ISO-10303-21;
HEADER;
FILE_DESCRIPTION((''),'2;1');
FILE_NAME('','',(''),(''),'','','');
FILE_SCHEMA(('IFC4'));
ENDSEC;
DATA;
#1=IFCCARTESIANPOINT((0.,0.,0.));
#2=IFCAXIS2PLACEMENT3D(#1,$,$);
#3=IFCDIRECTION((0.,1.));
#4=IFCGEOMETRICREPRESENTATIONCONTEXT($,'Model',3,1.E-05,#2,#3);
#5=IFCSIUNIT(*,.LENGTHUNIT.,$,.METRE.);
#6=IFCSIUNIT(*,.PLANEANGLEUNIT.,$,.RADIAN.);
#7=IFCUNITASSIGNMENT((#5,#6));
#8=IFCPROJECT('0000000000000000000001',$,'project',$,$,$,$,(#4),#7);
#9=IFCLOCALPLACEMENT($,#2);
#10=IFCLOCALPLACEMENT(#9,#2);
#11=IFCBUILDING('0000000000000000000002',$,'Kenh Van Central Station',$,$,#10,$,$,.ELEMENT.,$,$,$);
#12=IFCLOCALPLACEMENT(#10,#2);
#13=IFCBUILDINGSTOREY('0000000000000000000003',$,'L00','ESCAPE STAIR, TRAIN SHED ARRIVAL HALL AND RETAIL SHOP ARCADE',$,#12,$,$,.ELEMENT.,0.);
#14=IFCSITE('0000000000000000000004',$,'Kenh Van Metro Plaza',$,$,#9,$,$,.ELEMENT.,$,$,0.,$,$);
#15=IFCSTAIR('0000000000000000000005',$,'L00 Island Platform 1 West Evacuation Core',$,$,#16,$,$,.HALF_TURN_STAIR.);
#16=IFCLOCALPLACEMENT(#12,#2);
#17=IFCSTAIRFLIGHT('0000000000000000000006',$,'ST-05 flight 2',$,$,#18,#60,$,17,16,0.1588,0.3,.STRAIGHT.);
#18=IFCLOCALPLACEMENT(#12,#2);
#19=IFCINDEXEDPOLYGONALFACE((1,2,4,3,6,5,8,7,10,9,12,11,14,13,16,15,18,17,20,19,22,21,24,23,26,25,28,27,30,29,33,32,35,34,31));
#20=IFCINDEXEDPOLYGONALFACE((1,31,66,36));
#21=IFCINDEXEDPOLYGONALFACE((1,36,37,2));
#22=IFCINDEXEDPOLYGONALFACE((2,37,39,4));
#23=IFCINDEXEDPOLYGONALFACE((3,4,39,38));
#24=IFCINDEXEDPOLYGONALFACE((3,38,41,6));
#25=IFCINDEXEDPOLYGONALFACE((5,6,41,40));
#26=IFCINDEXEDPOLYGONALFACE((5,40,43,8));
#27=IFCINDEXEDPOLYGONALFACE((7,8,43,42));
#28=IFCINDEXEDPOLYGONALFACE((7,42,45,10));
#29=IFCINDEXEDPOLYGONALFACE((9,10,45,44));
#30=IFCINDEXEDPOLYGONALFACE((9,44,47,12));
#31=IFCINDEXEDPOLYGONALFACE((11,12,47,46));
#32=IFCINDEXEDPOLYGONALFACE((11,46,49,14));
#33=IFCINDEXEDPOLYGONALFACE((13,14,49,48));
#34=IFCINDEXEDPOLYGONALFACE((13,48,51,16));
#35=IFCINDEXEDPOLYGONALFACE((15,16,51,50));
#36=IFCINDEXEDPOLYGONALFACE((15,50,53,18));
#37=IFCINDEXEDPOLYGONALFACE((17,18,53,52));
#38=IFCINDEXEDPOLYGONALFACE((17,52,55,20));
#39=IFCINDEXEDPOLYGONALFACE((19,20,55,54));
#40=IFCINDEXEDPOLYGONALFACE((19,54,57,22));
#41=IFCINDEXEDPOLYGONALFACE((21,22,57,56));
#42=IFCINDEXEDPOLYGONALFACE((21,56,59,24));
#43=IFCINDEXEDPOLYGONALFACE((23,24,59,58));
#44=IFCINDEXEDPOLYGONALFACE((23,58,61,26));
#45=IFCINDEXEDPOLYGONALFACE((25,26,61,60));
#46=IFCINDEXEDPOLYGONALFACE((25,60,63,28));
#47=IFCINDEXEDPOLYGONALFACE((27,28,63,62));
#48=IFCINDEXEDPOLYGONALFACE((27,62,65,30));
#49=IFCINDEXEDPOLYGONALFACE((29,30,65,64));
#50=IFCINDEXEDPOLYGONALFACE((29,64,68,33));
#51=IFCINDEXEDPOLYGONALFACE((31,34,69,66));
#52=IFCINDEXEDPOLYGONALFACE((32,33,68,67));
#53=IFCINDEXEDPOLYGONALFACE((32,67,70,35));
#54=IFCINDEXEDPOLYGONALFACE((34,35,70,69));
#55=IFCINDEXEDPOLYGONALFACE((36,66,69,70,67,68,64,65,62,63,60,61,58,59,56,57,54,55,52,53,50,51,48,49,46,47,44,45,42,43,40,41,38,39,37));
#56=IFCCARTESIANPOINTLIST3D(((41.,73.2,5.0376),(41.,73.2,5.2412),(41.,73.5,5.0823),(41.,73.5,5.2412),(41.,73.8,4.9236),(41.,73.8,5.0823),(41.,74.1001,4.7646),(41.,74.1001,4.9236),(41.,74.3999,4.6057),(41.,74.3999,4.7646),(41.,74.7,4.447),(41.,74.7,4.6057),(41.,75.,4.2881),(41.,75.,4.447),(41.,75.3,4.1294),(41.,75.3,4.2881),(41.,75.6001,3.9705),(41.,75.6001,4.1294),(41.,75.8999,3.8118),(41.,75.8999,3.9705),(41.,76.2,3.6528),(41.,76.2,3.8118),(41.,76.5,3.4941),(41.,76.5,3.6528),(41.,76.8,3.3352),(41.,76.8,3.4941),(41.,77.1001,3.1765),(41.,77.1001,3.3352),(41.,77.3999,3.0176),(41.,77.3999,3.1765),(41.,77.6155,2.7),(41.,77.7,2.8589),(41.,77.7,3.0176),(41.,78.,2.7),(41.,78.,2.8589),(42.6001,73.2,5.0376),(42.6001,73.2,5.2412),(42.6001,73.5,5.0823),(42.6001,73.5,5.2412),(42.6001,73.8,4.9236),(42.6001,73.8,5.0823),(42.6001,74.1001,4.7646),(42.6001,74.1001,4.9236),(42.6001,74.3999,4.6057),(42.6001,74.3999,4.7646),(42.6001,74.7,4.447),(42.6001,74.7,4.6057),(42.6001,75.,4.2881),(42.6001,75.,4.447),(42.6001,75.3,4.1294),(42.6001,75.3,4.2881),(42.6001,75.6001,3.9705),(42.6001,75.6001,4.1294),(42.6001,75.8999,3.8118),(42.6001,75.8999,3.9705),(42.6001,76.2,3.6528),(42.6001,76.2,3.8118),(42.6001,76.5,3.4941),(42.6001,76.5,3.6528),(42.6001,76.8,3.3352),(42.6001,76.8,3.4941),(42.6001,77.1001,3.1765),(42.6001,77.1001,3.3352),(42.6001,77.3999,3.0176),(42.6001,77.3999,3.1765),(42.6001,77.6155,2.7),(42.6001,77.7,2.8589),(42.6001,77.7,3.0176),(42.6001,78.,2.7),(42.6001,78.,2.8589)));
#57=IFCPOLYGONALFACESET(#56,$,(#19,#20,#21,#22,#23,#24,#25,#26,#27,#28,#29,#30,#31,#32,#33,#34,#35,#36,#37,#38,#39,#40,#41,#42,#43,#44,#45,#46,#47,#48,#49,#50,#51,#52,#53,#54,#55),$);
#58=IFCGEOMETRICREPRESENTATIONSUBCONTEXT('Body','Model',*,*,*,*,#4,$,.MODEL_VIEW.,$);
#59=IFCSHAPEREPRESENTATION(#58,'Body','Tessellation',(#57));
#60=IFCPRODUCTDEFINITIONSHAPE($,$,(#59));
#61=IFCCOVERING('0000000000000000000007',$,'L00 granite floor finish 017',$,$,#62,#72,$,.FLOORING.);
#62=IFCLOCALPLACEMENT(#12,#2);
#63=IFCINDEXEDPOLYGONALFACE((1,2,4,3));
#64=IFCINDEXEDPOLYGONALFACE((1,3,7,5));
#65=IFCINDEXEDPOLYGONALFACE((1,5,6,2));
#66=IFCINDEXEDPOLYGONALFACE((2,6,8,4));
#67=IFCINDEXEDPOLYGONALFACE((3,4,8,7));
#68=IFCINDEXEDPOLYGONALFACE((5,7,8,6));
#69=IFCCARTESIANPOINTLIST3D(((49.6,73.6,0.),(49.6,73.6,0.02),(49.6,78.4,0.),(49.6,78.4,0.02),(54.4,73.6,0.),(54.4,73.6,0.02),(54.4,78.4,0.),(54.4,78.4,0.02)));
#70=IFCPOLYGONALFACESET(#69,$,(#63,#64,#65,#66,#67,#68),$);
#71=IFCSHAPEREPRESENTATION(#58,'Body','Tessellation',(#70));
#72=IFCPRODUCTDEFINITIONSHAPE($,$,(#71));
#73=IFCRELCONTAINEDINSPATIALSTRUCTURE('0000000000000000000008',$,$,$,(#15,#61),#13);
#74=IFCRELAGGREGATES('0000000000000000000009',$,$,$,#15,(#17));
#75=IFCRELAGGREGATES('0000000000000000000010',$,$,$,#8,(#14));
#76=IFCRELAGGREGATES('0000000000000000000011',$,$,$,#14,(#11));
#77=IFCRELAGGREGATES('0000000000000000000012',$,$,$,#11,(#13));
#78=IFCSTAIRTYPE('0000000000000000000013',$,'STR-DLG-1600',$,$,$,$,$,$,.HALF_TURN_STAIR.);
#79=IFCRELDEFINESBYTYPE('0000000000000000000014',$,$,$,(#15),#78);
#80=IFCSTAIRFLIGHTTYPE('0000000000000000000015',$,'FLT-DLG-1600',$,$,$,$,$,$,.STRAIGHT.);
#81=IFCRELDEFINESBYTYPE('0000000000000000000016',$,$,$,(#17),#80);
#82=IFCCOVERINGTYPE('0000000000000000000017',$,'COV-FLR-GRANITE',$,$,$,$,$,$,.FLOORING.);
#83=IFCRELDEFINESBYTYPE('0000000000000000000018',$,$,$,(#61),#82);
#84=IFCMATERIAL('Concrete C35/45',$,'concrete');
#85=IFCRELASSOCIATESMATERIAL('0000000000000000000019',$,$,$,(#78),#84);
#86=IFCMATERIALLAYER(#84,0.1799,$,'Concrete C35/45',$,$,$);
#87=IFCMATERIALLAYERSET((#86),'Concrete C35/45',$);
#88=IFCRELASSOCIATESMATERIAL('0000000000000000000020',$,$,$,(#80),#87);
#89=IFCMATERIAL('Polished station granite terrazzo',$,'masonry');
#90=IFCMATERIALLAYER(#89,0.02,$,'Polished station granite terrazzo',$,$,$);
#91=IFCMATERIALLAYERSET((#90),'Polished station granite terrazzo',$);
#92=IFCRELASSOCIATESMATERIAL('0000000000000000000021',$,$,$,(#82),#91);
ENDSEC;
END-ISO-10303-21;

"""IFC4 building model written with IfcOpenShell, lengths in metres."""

from ifc_helpers import new_model, si_unit, direction, frame, origin, origin_2d, place, context, subcontext, project, spatial, polyline, rectangle, outline, extrude, material, layer, layer_set, type_object, element, aggregate, save


model = new_model("IFC4")

# Units and contexts
model_context = context("Model", 3, precision=1e-05, world=origin(), true_north=direction((0.0, 1.0)))
body_context = subcontext(model_context, "Body", "Model", "MODEL_VIEW")
ifc_project = project(units=[si_unit("LENGTHUNIT", "METRE"), si_unit("PLANEANGLEUNIT", "RADIAN")], contexts=[model_context])

# Site, building, storey
site_placement = place(None, origin())
site = spatial("IfcSite", under=ifc_project, at=site_placement, Name="Kenh Van Metro Plaza", CompositionType="ELEMENT", RefElevation=0.0)
building_placement = place(site_placement, origin())
building = spatial("IfcBuilding", under=site, at=building_placement, Name="Kenh Van Central Station", CompositionType="ELEMENT")
storey_placement = place(building_placement, origin())
storey = spatial("IfcBuildingStorey", under=building, at=storey_placement, Name="L00", Description="ESCAPE STAIR, TRAIN SHED ARRIVAL HALL AND RETAIL SHOP ARCADE", CompositionType="ELEMENT", Elevation=0.0)

# Stair, stair flight
ifc_material_1 = material(Name="Concrete C35/45", Category="concrete")
stair_type = type_object("IfcStairType", Name="STR-DLG-1600", PredefinedType="HALF_TURN_STAIR", material=ifc_material_1)
stair_placement = place(storey_placement, origin())
stair = element("IfcStair", 1, at=stair_placement, inside=storey, type_object=stair_type, Name="L00 Island Platform 1 West Evacuation Core", PredefinedType="HALF_TURN_STAIR")
ifc_layer_1 = layer(ifc_material_1, 0.1799, Name="Concrete C35/45")
ifc_layer_set_1 = layer_set([ifc_layer_1], Name="Concrete C35/45")
stair_flight_type = type_object("IfcStairFlightType", Name="FLT-DLG-1600", PredefinedType="STRAIGHT", material=ifc_layer_set_1)
stair_flight_1_placement = place(storey_placement, frame((41.8, 78.0, 2.7), z_axis=(0.0, 0.0, 1.0), x_axis=(0.0, -1.0, 0.0)))
stair_flight_1 = element("IfcStairFlight", 2, at=stair_flight_1_placement, type_object=stair_flight_type, Name="ST-05 flight 2", NumberOfRisers=17, NumberOfTreads=16, PredefinedType="STRAIGHT", RiserHeight=0.1588, TreadLength=0.3, context=body_context, shape_type="SweptSolid", body=[
    extrude(outline(polyline([(0.0, 0.0), (0.0, 0.1589), (0.3, 0.1589), (0.3, 0.3176), (0.6001, 0.3176), (0.6001, 0.4766), (0.8999, 0.4766), (0.8999, 0.6353), (1.2, 0.6353), (1.2, 0.7942), (1.5, 0.7942), (1.5, 0.9529), (1.8, 0.9529), (1.8, 1.1118), (2.1001, 1.1118), (2.1001, 1.2705), (2.3999, 1.2705), (2.3999, 1.4294), (2.7, 1.4294), (2.7, 1.5881), (3.0, 1.5881), (3.0, 1.7471), (3.3, 1.7471), (3.3, 1.9058), (3.6001, 1.9058), (3.6001, 2.0647), (3.8999, 2.0647), (3.8999, 2.2236), (4.2, 2.2236), (4.2, 2.3823), (4.5, 2.3823), (4.5, 2.5413), (4.8, 2.5413), (4.8, 2.7), (4.8, 2.3376), (0.3845, 0.0), (0.0, 0.0)])), frame((0.0, 0.8, 0.0), z_axis=(0.0, -1.0, 0.0), x_axis=(1.0, 0.0, 0.0)), (0.0, 0.0, 1.0), 1.6001),
])
aggregate(stair, [stair_flight_1])

# Covering
ifc_material_2 = material(Name="Polished station granite terrazzo", Category="masonry")
ifc_layer_2 = layer(ifc_material_2, 0.02, Name="Polished station granite terrazzo")
ifc_layer_set_2 = layer_set([ifc_layer_2], Name="Polished station granite terrazzo")
covering_type = type_object("IfcCoveringType", Name="COV-FLR-GRANITE", PredefinedType="FLOORING", material=ifc_layer_set_2)
covering_placement = place(storey_placement, frame((52.0, 76.0, 0.0), z_axis=(0.0, 0.0, 1.0), x_axis=(1.0, 0.0, 0.0)))
element("IfcCovering", 3, at=covering_placement, inside=storey, type_object=covering_type, Name="L00 granite floor finish 017", PredefinedType="FLOORING", context=body_context, shape_type="SweptSolid", body=[
    extrude(rectangle(XDim=4.8, YDim=4.8, at=origin_2d()), origin(), (0.0, 0.0, 1.0), 0.02),
])

save(model, "model.ifc")
